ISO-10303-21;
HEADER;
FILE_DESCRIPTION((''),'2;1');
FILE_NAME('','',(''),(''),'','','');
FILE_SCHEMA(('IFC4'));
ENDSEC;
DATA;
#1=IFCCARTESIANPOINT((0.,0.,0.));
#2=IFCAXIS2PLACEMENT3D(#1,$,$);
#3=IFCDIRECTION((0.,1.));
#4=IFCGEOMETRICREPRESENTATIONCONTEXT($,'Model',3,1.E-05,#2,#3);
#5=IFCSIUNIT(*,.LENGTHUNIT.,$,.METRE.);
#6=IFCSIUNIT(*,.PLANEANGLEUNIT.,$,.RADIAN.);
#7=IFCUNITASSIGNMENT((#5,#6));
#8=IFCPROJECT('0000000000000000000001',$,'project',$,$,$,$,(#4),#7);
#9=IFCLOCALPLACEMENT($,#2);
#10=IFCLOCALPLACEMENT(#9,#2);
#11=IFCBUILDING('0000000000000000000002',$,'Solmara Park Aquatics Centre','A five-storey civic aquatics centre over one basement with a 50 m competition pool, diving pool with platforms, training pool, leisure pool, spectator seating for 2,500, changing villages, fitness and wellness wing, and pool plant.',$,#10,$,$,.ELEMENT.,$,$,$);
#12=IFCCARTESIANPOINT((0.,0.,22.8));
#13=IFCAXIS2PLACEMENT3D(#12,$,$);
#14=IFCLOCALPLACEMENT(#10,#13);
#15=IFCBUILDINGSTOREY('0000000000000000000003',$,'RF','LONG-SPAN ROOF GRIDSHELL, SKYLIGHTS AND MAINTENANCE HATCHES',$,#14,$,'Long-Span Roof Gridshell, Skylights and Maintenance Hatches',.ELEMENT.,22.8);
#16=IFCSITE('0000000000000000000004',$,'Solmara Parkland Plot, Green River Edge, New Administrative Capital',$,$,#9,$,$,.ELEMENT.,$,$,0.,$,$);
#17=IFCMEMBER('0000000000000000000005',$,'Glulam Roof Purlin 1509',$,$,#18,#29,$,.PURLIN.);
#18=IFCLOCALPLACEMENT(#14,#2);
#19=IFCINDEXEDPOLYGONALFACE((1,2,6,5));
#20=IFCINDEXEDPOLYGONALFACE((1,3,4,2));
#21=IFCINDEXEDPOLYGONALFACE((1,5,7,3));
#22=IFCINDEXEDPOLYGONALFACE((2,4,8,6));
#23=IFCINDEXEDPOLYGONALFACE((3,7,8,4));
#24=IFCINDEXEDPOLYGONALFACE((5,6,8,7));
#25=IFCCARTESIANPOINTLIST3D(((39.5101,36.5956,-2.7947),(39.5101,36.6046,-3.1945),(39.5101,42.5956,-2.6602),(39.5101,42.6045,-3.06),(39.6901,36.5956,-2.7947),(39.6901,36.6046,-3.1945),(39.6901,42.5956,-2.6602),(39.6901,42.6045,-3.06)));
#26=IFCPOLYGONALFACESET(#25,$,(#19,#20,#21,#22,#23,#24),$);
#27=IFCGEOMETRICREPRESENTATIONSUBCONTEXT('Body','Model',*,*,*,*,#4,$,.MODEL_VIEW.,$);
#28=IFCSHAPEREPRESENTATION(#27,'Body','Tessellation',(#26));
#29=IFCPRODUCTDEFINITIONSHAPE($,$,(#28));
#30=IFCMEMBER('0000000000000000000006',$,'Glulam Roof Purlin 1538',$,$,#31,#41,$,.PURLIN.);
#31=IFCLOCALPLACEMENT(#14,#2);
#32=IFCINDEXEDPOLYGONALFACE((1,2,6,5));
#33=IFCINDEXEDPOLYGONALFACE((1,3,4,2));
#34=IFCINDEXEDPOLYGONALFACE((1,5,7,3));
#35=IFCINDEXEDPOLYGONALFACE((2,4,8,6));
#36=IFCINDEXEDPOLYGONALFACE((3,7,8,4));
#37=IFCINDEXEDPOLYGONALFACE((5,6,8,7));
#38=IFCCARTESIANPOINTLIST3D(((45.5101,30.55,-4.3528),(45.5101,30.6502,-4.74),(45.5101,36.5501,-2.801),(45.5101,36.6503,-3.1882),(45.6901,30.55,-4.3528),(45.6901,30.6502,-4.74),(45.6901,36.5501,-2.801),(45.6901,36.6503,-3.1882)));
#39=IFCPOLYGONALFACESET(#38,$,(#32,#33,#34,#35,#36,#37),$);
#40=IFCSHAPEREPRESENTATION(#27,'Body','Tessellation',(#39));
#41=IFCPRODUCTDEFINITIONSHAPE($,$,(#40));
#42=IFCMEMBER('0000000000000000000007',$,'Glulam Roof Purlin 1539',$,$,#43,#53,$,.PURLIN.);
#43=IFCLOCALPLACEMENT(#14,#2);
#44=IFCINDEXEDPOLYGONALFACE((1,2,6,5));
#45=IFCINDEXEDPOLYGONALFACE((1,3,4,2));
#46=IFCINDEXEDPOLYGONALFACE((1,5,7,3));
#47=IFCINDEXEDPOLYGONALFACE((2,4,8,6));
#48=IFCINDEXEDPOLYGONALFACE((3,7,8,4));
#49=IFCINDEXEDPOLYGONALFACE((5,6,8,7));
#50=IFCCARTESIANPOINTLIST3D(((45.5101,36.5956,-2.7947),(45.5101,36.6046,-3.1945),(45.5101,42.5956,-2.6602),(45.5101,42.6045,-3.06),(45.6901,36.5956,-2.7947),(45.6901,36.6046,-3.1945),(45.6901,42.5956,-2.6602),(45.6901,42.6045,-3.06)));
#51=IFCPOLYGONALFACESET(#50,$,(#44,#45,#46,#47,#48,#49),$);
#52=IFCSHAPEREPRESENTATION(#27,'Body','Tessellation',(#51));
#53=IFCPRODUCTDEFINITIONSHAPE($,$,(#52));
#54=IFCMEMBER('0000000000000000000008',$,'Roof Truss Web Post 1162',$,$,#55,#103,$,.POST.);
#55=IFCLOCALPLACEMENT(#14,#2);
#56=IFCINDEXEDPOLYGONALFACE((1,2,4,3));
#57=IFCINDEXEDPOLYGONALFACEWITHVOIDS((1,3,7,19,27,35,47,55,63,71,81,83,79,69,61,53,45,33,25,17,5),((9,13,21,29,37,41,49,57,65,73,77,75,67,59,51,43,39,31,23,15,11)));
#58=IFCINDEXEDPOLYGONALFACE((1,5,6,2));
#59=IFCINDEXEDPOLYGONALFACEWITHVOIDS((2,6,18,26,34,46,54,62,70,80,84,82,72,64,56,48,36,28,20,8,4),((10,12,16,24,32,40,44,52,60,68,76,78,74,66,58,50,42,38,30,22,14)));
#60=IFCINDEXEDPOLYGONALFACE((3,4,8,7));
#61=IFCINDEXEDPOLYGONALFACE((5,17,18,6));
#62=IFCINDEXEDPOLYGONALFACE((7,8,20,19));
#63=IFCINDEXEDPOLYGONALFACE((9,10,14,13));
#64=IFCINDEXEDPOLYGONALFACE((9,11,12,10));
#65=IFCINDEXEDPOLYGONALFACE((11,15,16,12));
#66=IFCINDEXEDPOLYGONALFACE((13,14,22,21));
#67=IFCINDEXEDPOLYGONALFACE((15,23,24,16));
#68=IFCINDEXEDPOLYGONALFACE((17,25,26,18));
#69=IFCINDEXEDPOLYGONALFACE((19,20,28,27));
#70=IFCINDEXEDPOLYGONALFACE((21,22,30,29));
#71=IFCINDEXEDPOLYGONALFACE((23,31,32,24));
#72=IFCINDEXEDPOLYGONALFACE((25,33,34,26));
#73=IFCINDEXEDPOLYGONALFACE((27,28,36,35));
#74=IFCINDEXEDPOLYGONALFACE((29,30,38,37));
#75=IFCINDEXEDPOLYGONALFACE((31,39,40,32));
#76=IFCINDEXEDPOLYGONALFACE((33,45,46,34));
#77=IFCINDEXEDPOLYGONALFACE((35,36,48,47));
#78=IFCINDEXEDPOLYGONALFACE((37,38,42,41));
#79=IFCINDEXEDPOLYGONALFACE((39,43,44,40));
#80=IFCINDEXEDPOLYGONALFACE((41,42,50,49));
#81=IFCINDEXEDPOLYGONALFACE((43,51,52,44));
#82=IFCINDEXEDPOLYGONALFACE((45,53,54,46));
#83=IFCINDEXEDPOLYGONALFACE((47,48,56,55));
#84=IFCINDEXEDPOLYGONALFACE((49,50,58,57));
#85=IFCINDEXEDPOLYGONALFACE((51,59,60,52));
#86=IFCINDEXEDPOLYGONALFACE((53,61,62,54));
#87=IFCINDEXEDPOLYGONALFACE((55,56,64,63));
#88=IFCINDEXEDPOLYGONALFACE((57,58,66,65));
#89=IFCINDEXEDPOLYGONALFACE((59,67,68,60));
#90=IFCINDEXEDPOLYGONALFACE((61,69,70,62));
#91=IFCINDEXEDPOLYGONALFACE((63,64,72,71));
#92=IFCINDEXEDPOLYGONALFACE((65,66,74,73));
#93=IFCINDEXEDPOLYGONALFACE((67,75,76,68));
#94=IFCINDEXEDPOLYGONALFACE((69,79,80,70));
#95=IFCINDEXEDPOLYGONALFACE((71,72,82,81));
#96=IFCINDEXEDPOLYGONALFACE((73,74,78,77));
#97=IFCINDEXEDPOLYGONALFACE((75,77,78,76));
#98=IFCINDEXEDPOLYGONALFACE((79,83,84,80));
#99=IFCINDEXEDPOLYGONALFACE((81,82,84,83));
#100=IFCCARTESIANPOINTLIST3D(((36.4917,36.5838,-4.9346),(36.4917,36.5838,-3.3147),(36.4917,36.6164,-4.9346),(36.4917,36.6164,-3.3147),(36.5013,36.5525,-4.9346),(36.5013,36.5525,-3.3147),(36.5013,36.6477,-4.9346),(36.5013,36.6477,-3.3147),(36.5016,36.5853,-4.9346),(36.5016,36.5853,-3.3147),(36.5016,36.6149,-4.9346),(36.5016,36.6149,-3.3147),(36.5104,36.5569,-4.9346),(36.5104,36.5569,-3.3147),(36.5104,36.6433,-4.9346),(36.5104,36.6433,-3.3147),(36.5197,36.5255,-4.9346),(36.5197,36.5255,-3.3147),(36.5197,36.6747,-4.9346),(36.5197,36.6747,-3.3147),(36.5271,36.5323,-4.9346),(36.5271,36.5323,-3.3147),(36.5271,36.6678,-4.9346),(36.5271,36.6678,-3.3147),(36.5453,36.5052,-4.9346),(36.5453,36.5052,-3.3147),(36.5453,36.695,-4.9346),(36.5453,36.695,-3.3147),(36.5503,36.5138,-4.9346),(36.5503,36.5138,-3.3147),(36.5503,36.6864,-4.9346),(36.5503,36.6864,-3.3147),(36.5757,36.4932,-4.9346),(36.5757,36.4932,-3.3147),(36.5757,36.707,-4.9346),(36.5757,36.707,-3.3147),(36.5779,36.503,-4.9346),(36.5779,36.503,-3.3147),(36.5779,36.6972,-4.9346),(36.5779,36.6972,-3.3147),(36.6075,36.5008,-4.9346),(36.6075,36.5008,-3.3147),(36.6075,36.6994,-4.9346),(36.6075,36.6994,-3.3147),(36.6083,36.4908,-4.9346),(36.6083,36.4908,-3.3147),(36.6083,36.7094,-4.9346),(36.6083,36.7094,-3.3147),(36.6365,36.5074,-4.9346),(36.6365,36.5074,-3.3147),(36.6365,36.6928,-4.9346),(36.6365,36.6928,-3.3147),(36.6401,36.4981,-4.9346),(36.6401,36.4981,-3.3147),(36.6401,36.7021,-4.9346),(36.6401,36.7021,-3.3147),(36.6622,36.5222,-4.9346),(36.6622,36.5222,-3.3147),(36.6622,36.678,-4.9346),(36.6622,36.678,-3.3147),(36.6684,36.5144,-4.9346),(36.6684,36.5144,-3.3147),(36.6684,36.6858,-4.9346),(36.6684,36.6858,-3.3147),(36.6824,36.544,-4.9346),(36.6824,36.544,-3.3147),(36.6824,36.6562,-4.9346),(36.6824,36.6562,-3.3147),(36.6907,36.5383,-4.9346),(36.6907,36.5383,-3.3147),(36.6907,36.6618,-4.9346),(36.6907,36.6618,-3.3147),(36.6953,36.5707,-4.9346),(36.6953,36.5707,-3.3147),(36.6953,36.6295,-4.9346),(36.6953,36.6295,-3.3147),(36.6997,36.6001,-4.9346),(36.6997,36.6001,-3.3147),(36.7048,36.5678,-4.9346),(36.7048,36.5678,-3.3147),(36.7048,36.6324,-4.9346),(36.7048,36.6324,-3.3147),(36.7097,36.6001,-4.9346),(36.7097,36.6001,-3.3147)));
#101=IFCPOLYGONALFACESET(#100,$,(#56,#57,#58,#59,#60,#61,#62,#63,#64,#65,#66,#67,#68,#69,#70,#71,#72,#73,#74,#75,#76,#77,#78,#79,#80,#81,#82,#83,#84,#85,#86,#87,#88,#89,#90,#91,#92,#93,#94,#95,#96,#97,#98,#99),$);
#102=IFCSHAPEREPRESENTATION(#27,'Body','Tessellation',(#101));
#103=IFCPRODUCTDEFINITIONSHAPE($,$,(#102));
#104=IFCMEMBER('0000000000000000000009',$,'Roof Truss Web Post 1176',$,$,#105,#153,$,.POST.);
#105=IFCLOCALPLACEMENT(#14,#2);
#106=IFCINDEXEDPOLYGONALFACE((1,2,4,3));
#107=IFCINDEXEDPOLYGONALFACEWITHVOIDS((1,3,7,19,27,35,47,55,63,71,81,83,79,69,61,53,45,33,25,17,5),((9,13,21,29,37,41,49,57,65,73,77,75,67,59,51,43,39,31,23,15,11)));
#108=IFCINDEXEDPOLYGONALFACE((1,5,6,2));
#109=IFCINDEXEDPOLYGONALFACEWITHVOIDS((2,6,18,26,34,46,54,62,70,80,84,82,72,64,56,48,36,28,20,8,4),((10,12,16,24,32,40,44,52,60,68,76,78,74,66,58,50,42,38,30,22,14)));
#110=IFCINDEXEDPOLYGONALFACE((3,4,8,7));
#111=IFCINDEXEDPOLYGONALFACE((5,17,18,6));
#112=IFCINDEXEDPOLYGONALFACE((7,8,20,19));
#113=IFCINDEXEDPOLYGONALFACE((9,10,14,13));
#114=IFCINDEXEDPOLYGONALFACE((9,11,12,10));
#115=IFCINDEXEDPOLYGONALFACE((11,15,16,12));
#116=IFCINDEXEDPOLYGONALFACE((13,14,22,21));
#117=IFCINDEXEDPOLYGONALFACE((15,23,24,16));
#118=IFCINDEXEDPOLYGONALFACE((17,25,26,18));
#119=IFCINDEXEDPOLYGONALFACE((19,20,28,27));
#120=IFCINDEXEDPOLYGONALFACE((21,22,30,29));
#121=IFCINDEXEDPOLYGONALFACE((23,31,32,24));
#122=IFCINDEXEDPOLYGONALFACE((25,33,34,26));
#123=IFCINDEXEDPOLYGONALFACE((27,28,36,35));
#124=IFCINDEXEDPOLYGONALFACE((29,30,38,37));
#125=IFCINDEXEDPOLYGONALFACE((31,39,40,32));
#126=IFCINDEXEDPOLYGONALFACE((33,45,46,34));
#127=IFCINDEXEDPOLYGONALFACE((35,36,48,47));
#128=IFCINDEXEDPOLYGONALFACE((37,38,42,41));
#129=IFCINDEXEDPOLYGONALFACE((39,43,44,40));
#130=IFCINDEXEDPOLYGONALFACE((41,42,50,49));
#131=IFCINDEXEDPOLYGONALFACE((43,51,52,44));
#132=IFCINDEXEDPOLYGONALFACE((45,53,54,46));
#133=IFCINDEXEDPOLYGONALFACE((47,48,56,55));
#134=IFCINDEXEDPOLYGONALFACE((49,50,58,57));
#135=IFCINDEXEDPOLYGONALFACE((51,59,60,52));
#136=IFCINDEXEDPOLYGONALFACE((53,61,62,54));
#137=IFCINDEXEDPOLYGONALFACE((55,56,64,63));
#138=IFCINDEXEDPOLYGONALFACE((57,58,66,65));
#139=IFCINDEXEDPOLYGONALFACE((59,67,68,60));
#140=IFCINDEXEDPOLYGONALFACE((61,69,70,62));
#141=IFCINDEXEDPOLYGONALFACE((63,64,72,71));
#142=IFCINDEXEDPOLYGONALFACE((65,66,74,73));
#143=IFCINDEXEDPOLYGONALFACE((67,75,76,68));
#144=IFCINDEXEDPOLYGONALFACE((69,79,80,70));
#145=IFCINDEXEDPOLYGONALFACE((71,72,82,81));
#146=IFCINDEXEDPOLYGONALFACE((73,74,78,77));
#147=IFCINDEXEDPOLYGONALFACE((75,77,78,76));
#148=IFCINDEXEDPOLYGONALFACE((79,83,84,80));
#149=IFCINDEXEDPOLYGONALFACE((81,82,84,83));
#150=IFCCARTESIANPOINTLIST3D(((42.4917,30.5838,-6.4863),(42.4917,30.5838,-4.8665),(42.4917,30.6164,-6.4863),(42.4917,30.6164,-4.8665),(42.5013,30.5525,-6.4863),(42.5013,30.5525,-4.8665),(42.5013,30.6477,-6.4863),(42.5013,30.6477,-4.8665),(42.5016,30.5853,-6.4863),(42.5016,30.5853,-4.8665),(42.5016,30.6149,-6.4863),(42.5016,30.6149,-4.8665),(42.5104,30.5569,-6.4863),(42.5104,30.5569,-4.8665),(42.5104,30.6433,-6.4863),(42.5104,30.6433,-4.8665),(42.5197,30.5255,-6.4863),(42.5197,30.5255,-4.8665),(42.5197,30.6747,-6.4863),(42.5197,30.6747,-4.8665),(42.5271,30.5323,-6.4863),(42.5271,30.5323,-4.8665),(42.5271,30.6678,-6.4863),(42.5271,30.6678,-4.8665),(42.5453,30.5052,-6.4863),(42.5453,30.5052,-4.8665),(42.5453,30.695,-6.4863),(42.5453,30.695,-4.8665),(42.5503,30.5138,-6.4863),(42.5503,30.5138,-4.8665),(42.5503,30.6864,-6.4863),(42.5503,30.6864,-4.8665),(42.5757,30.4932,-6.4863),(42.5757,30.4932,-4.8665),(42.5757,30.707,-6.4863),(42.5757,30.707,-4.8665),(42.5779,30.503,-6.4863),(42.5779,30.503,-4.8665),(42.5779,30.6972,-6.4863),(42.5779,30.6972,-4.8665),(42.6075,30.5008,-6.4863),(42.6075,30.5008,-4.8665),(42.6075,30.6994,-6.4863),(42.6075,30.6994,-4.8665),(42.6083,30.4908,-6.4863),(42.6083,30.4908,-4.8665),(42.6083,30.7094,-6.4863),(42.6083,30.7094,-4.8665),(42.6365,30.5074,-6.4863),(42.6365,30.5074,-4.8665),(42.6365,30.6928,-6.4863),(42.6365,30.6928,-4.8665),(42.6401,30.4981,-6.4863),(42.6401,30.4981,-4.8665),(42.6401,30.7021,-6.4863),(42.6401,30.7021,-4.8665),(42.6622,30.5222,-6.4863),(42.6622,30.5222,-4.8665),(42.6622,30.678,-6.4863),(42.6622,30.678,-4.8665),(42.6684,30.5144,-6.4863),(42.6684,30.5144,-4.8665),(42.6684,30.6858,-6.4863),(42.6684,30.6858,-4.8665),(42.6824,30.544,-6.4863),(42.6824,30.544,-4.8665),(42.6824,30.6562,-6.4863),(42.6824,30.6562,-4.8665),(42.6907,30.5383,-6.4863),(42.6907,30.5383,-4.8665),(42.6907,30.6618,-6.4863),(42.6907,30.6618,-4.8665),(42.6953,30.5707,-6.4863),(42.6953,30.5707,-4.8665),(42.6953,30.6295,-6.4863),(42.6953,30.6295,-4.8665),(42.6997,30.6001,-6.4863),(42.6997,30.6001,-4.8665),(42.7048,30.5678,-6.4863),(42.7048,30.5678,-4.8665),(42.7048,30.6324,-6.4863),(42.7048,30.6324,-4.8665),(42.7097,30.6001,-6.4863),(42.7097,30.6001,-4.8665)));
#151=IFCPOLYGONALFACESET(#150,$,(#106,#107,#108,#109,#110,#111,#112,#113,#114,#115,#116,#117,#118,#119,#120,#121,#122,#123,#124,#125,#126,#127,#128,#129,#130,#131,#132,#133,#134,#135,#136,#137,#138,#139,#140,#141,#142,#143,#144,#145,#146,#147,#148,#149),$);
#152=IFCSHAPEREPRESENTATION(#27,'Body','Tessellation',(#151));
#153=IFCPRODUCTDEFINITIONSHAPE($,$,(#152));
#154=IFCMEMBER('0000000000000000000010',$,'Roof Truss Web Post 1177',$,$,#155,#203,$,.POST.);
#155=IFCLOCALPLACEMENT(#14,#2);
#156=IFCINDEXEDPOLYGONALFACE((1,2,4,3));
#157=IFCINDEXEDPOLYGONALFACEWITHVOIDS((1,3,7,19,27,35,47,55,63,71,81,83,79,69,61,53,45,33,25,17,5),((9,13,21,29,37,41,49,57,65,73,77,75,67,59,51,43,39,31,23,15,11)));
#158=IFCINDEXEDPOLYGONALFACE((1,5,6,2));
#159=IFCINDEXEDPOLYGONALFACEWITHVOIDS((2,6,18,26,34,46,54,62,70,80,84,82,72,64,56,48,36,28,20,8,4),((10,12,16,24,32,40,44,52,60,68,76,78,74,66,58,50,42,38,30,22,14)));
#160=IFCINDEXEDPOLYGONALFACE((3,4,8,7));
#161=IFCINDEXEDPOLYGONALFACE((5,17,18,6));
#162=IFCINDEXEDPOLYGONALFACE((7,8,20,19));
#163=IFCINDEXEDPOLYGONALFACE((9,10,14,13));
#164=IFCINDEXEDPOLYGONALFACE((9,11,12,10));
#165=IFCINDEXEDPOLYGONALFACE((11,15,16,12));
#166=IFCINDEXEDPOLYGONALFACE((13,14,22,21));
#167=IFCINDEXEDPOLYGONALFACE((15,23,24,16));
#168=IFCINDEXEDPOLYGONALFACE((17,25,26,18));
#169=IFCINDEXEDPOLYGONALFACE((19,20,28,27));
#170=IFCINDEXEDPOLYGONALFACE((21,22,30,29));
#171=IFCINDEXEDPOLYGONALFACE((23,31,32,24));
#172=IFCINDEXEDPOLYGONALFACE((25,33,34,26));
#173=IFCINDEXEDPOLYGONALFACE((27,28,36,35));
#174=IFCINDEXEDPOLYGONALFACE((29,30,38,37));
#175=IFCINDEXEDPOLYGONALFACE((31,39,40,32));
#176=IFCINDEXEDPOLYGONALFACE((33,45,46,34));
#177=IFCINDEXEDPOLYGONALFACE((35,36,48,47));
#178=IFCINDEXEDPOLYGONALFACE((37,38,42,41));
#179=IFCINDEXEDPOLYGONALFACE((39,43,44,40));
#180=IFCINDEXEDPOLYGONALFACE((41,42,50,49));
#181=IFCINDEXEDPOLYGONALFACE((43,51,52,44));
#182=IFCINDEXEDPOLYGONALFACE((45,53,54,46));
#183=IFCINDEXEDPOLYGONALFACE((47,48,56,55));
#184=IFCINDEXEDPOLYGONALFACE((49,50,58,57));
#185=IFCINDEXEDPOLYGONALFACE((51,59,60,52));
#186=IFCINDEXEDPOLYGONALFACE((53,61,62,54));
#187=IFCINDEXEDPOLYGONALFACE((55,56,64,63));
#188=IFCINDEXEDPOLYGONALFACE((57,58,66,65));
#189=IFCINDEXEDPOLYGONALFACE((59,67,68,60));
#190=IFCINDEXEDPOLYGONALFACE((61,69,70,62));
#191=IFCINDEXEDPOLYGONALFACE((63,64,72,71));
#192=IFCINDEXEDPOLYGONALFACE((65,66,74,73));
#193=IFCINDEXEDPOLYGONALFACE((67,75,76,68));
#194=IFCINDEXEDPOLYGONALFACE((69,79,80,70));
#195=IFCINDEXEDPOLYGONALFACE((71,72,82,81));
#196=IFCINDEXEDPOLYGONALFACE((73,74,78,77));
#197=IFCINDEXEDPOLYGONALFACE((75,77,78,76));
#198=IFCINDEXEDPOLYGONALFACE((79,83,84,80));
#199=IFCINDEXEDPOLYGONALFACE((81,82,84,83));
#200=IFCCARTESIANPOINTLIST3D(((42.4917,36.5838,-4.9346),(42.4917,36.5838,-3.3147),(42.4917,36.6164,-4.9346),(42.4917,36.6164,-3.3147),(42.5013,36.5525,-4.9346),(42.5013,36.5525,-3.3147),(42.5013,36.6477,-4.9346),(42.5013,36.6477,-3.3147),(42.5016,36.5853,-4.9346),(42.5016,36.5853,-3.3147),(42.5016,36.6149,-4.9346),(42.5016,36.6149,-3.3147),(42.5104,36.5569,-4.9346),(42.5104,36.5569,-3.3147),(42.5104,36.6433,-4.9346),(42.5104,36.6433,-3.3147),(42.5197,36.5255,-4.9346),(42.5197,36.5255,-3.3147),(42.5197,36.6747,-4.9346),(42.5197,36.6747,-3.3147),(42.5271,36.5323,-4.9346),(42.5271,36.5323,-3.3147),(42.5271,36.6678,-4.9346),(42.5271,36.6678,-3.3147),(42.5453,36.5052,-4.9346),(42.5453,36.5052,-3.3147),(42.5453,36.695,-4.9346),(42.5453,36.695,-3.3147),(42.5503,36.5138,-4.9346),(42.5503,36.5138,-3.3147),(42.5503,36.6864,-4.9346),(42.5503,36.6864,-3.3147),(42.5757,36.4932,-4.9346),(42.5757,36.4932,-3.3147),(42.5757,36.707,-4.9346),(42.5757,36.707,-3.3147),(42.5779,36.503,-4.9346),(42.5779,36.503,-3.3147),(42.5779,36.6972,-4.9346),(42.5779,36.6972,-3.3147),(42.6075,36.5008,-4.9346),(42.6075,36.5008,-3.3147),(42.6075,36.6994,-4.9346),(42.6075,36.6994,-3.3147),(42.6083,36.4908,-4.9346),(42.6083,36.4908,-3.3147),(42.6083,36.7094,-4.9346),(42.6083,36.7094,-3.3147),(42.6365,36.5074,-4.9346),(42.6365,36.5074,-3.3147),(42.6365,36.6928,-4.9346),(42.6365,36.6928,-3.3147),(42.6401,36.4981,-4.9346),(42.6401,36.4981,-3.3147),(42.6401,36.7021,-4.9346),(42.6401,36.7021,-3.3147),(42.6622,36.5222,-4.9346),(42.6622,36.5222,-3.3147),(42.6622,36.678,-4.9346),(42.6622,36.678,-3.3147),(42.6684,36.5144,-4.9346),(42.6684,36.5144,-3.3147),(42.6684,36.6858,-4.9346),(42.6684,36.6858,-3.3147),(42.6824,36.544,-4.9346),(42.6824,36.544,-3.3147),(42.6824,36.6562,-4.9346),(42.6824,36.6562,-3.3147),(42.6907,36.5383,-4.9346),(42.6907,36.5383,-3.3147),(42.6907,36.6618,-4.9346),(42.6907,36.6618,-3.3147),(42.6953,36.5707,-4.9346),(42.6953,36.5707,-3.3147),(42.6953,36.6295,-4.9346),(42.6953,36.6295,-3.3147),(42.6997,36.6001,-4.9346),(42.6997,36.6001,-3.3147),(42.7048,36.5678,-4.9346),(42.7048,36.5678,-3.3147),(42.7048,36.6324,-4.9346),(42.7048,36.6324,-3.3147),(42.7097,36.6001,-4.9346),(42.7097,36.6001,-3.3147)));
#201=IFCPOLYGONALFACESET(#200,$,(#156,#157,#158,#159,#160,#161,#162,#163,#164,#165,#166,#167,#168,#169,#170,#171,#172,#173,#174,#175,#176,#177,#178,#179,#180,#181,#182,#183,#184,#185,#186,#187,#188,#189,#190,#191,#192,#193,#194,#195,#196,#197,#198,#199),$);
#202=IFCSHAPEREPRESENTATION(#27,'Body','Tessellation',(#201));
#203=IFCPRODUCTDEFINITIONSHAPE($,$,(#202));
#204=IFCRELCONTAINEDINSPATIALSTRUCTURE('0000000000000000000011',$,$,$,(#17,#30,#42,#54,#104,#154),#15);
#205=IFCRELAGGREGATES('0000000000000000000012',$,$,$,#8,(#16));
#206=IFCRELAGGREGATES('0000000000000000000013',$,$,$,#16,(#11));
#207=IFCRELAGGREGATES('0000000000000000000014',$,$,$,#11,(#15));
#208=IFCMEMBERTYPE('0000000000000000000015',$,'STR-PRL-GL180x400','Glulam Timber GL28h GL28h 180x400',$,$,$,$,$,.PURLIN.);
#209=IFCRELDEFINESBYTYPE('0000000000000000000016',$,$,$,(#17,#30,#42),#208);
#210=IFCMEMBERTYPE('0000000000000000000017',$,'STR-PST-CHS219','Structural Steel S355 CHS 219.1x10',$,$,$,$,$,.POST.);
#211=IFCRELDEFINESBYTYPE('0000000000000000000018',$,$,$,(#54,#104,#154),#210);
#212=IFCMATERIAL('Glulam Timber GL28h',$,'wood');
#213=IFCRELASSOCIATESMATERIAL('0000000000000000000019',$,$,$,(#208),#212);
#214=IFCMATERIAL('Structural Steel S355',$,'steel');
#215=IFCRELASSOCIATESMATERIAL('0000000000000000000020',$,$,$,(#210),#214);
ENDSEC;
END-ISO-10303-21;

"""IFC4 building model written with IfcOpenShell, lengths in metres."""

from ifc_helpers import new_model, si_unit, direction, frame, origin, origin_2d, place, context, subcontext, project, spatial, rectangle, hollow_circle, extrude, material, material_profile, profile_set, type_object, element, save


model = new_model("IFC4")

# Units and contexts
model_context = context("Model", 3, precision=1e-05, world=origin(), true_north=direction((0.0, 1.0)))
body_context = subcontext(model_context, "Body", "Model", "MODEL_VIEW")
ifc_project = project(units=[si_unit("LENGTHUNIT", "METRE"), si_unit("PLANEANGLEUNIT", "RADIAN")], contexts=[model_context])

# Site, building, storey
site_placement = place(None, origin())
site = spatial("IfcSite", under=ifc_project, at=site_placement, Name="Solmara Parkland Plot, Green River Edge, New Administrative Capital", CompositionType="ELEMENT", RefElevation=0.0)
building_placement = place(site_placement, origin())
building = spatial("IfcBuilding", under=site, at=building_placement, Name="Solmara Park Aquatics Centre", Description="A five-storey civic aquatics centre over one basement with a 50 m competition pool, diving pool with platforms, training pool, leisure pool, spectator seating for 2,500, changing villages, fitness and wellness wing, and pool plant.", CompositionType="ELEMENT")
storey_placement = place(building_placement, frame((0.0, 0.0, 22.8)))
storey = spatial("IfcBuildingStorey", under=building, at=storey_placement, Name="RF", Description="LONG-SPAN ROOF GRIDSHELL, SKYLIGHTS AND MAINTENANCE HATCHES", LongName="Long-Span Roof Gridshell, Skylights and Maintenance Hatches", CompositionType="ELEMENT", Elevation=22.8)

# Members
ifc_material_1 = material(Name="Structural Steel S355", Category="steel")
ifc_material_2 = material(Name="Glulam Timber GL28h", Category="wood")
ifc_material_profile_1 = material_profile(ifc_material_2, rectangle(XDim=0.1799, YDim=0.3999, at=origin_2d()), Name="GL28h 180x400")
ifc_profile_set_1 = profile_set([ifc_material_profile_1], Name="Glulam Timber GL28h")
member_type_1 = type_object("IfcMemberType", Name="STR-PRL-GL180x400", Description="Glulam Timber GL28h GL28h 180x400", PredefinedType="PURLIN", material=ifc_profile_set_1)
member_1_placement = place(storey_placement, frame((39.6001, 36.6001, -2.9946), z_axis=(0.0, 0.999749, 0.022415), x_axis=(-1.0, 0.0, 0.0)))
element("IfcMember", 1, at=member_1_placement, inside=storey, type_object=member_type_1, Name="Glulam Roof Purlin 1509", PredefinedType="PURLIN", context=body_context, shape_type="SweptSolid", body=[
    extrude(rectangle(XDim=0.1799, YDim=0.3999, at=origin_2d()), origin(), (0.0, 0.0, 1.0), 6.0015),
])
member_2_placement = place(storey_placement, frame((45.6001, 30.6001, -4.5464), z_axis=(0.0, 0.968146, 0.250388), x_axis=(-1.0, 0.0, 0.0)))
element("IfcMember", 2, at=member_2_placement, inside=storey, type_object=member_type_1, Name="Glulam Roof Purlin 1538", PredefinedType="PURLIN", context=body_context, shape_type="SweptSolid", body=[
    extrude(rectangle(XDim=0.1799, YDim=0.3999, at=origin_2d()), origin(), (0.0, 0.0, 1.0), 6.1975),
])
member_3_placement = place(storey_placement, frame((45.6001, 36.6001, -2.9946), z_axis=(0.0, 0.999749, 0.022415), x_axis=(-1.0, 0.0, 0.0)))
element("IfcMember", 3, at=member_3_placement, inside=storey, type_object=member_type_1, Name="Glulam Roof Purlin 1539", PredefinedType="PURLIN", context=body_context, shape_type="SweptSolid", body=[
    extrude(rectangle(XDim=0.1799, YDim=0.3999, at=origin_2d()), origin(), (0.0, 0.0, 1.0), 6.0015),
])
ifc_material_profile_2 = material_profile(ifc_material_1, hollow_circle(Radius=0.1096, WallThickness=0.01, at=origin_2d()), Name="CHS 219.1x10")
ifc_profile_set_2 = profile_set([ifc_material_profile_2], Name="Structural Steel S355")
member_type_2 = type_object("IfcMemberType", Name="STR-PST-CHS219", Description="Structural Steel S355 CHS 219.1x10", PredefinedType="POST", material=ifc_profile_set_2)
for number, where, z_axis, x_axis, name in (
    (4, (36.6001, 36.6001, -4.9346), (0.0, 0.0, 1.0), (1.0, 0.0, 0.0), "Roof Truss Web Post 1162"),
    (5, (42.6001, 30.6001, -6.4863), (0.0, 0.0, 1.0), (1.0, 0.0, 0.0), "Roof Truss Web Post 1176"),
    (6, (42.6001, 36.6001, -4.9346), (0.0, 0.0, 1.0), (1.0, 0.0, 0.0), "Roof Truss Web Post 1177"),
):
    element("IfcMember", number, at=place(storey_placement, frame(where, z_axis=z_axis, x_axis=x_axis)), inside=storey, type_object=member_type_2, Name=name, PredefinedType="POST", context=body_context, shape_type="SweptSolid", body=[
        extrude(hollow_circle(Radius=0.1096, WallThickness=0.01, at=origin_2d()), origin(), (0.0, 0.0, 1.0), 1.6199),
    ])

save(model, "model.ifc")
